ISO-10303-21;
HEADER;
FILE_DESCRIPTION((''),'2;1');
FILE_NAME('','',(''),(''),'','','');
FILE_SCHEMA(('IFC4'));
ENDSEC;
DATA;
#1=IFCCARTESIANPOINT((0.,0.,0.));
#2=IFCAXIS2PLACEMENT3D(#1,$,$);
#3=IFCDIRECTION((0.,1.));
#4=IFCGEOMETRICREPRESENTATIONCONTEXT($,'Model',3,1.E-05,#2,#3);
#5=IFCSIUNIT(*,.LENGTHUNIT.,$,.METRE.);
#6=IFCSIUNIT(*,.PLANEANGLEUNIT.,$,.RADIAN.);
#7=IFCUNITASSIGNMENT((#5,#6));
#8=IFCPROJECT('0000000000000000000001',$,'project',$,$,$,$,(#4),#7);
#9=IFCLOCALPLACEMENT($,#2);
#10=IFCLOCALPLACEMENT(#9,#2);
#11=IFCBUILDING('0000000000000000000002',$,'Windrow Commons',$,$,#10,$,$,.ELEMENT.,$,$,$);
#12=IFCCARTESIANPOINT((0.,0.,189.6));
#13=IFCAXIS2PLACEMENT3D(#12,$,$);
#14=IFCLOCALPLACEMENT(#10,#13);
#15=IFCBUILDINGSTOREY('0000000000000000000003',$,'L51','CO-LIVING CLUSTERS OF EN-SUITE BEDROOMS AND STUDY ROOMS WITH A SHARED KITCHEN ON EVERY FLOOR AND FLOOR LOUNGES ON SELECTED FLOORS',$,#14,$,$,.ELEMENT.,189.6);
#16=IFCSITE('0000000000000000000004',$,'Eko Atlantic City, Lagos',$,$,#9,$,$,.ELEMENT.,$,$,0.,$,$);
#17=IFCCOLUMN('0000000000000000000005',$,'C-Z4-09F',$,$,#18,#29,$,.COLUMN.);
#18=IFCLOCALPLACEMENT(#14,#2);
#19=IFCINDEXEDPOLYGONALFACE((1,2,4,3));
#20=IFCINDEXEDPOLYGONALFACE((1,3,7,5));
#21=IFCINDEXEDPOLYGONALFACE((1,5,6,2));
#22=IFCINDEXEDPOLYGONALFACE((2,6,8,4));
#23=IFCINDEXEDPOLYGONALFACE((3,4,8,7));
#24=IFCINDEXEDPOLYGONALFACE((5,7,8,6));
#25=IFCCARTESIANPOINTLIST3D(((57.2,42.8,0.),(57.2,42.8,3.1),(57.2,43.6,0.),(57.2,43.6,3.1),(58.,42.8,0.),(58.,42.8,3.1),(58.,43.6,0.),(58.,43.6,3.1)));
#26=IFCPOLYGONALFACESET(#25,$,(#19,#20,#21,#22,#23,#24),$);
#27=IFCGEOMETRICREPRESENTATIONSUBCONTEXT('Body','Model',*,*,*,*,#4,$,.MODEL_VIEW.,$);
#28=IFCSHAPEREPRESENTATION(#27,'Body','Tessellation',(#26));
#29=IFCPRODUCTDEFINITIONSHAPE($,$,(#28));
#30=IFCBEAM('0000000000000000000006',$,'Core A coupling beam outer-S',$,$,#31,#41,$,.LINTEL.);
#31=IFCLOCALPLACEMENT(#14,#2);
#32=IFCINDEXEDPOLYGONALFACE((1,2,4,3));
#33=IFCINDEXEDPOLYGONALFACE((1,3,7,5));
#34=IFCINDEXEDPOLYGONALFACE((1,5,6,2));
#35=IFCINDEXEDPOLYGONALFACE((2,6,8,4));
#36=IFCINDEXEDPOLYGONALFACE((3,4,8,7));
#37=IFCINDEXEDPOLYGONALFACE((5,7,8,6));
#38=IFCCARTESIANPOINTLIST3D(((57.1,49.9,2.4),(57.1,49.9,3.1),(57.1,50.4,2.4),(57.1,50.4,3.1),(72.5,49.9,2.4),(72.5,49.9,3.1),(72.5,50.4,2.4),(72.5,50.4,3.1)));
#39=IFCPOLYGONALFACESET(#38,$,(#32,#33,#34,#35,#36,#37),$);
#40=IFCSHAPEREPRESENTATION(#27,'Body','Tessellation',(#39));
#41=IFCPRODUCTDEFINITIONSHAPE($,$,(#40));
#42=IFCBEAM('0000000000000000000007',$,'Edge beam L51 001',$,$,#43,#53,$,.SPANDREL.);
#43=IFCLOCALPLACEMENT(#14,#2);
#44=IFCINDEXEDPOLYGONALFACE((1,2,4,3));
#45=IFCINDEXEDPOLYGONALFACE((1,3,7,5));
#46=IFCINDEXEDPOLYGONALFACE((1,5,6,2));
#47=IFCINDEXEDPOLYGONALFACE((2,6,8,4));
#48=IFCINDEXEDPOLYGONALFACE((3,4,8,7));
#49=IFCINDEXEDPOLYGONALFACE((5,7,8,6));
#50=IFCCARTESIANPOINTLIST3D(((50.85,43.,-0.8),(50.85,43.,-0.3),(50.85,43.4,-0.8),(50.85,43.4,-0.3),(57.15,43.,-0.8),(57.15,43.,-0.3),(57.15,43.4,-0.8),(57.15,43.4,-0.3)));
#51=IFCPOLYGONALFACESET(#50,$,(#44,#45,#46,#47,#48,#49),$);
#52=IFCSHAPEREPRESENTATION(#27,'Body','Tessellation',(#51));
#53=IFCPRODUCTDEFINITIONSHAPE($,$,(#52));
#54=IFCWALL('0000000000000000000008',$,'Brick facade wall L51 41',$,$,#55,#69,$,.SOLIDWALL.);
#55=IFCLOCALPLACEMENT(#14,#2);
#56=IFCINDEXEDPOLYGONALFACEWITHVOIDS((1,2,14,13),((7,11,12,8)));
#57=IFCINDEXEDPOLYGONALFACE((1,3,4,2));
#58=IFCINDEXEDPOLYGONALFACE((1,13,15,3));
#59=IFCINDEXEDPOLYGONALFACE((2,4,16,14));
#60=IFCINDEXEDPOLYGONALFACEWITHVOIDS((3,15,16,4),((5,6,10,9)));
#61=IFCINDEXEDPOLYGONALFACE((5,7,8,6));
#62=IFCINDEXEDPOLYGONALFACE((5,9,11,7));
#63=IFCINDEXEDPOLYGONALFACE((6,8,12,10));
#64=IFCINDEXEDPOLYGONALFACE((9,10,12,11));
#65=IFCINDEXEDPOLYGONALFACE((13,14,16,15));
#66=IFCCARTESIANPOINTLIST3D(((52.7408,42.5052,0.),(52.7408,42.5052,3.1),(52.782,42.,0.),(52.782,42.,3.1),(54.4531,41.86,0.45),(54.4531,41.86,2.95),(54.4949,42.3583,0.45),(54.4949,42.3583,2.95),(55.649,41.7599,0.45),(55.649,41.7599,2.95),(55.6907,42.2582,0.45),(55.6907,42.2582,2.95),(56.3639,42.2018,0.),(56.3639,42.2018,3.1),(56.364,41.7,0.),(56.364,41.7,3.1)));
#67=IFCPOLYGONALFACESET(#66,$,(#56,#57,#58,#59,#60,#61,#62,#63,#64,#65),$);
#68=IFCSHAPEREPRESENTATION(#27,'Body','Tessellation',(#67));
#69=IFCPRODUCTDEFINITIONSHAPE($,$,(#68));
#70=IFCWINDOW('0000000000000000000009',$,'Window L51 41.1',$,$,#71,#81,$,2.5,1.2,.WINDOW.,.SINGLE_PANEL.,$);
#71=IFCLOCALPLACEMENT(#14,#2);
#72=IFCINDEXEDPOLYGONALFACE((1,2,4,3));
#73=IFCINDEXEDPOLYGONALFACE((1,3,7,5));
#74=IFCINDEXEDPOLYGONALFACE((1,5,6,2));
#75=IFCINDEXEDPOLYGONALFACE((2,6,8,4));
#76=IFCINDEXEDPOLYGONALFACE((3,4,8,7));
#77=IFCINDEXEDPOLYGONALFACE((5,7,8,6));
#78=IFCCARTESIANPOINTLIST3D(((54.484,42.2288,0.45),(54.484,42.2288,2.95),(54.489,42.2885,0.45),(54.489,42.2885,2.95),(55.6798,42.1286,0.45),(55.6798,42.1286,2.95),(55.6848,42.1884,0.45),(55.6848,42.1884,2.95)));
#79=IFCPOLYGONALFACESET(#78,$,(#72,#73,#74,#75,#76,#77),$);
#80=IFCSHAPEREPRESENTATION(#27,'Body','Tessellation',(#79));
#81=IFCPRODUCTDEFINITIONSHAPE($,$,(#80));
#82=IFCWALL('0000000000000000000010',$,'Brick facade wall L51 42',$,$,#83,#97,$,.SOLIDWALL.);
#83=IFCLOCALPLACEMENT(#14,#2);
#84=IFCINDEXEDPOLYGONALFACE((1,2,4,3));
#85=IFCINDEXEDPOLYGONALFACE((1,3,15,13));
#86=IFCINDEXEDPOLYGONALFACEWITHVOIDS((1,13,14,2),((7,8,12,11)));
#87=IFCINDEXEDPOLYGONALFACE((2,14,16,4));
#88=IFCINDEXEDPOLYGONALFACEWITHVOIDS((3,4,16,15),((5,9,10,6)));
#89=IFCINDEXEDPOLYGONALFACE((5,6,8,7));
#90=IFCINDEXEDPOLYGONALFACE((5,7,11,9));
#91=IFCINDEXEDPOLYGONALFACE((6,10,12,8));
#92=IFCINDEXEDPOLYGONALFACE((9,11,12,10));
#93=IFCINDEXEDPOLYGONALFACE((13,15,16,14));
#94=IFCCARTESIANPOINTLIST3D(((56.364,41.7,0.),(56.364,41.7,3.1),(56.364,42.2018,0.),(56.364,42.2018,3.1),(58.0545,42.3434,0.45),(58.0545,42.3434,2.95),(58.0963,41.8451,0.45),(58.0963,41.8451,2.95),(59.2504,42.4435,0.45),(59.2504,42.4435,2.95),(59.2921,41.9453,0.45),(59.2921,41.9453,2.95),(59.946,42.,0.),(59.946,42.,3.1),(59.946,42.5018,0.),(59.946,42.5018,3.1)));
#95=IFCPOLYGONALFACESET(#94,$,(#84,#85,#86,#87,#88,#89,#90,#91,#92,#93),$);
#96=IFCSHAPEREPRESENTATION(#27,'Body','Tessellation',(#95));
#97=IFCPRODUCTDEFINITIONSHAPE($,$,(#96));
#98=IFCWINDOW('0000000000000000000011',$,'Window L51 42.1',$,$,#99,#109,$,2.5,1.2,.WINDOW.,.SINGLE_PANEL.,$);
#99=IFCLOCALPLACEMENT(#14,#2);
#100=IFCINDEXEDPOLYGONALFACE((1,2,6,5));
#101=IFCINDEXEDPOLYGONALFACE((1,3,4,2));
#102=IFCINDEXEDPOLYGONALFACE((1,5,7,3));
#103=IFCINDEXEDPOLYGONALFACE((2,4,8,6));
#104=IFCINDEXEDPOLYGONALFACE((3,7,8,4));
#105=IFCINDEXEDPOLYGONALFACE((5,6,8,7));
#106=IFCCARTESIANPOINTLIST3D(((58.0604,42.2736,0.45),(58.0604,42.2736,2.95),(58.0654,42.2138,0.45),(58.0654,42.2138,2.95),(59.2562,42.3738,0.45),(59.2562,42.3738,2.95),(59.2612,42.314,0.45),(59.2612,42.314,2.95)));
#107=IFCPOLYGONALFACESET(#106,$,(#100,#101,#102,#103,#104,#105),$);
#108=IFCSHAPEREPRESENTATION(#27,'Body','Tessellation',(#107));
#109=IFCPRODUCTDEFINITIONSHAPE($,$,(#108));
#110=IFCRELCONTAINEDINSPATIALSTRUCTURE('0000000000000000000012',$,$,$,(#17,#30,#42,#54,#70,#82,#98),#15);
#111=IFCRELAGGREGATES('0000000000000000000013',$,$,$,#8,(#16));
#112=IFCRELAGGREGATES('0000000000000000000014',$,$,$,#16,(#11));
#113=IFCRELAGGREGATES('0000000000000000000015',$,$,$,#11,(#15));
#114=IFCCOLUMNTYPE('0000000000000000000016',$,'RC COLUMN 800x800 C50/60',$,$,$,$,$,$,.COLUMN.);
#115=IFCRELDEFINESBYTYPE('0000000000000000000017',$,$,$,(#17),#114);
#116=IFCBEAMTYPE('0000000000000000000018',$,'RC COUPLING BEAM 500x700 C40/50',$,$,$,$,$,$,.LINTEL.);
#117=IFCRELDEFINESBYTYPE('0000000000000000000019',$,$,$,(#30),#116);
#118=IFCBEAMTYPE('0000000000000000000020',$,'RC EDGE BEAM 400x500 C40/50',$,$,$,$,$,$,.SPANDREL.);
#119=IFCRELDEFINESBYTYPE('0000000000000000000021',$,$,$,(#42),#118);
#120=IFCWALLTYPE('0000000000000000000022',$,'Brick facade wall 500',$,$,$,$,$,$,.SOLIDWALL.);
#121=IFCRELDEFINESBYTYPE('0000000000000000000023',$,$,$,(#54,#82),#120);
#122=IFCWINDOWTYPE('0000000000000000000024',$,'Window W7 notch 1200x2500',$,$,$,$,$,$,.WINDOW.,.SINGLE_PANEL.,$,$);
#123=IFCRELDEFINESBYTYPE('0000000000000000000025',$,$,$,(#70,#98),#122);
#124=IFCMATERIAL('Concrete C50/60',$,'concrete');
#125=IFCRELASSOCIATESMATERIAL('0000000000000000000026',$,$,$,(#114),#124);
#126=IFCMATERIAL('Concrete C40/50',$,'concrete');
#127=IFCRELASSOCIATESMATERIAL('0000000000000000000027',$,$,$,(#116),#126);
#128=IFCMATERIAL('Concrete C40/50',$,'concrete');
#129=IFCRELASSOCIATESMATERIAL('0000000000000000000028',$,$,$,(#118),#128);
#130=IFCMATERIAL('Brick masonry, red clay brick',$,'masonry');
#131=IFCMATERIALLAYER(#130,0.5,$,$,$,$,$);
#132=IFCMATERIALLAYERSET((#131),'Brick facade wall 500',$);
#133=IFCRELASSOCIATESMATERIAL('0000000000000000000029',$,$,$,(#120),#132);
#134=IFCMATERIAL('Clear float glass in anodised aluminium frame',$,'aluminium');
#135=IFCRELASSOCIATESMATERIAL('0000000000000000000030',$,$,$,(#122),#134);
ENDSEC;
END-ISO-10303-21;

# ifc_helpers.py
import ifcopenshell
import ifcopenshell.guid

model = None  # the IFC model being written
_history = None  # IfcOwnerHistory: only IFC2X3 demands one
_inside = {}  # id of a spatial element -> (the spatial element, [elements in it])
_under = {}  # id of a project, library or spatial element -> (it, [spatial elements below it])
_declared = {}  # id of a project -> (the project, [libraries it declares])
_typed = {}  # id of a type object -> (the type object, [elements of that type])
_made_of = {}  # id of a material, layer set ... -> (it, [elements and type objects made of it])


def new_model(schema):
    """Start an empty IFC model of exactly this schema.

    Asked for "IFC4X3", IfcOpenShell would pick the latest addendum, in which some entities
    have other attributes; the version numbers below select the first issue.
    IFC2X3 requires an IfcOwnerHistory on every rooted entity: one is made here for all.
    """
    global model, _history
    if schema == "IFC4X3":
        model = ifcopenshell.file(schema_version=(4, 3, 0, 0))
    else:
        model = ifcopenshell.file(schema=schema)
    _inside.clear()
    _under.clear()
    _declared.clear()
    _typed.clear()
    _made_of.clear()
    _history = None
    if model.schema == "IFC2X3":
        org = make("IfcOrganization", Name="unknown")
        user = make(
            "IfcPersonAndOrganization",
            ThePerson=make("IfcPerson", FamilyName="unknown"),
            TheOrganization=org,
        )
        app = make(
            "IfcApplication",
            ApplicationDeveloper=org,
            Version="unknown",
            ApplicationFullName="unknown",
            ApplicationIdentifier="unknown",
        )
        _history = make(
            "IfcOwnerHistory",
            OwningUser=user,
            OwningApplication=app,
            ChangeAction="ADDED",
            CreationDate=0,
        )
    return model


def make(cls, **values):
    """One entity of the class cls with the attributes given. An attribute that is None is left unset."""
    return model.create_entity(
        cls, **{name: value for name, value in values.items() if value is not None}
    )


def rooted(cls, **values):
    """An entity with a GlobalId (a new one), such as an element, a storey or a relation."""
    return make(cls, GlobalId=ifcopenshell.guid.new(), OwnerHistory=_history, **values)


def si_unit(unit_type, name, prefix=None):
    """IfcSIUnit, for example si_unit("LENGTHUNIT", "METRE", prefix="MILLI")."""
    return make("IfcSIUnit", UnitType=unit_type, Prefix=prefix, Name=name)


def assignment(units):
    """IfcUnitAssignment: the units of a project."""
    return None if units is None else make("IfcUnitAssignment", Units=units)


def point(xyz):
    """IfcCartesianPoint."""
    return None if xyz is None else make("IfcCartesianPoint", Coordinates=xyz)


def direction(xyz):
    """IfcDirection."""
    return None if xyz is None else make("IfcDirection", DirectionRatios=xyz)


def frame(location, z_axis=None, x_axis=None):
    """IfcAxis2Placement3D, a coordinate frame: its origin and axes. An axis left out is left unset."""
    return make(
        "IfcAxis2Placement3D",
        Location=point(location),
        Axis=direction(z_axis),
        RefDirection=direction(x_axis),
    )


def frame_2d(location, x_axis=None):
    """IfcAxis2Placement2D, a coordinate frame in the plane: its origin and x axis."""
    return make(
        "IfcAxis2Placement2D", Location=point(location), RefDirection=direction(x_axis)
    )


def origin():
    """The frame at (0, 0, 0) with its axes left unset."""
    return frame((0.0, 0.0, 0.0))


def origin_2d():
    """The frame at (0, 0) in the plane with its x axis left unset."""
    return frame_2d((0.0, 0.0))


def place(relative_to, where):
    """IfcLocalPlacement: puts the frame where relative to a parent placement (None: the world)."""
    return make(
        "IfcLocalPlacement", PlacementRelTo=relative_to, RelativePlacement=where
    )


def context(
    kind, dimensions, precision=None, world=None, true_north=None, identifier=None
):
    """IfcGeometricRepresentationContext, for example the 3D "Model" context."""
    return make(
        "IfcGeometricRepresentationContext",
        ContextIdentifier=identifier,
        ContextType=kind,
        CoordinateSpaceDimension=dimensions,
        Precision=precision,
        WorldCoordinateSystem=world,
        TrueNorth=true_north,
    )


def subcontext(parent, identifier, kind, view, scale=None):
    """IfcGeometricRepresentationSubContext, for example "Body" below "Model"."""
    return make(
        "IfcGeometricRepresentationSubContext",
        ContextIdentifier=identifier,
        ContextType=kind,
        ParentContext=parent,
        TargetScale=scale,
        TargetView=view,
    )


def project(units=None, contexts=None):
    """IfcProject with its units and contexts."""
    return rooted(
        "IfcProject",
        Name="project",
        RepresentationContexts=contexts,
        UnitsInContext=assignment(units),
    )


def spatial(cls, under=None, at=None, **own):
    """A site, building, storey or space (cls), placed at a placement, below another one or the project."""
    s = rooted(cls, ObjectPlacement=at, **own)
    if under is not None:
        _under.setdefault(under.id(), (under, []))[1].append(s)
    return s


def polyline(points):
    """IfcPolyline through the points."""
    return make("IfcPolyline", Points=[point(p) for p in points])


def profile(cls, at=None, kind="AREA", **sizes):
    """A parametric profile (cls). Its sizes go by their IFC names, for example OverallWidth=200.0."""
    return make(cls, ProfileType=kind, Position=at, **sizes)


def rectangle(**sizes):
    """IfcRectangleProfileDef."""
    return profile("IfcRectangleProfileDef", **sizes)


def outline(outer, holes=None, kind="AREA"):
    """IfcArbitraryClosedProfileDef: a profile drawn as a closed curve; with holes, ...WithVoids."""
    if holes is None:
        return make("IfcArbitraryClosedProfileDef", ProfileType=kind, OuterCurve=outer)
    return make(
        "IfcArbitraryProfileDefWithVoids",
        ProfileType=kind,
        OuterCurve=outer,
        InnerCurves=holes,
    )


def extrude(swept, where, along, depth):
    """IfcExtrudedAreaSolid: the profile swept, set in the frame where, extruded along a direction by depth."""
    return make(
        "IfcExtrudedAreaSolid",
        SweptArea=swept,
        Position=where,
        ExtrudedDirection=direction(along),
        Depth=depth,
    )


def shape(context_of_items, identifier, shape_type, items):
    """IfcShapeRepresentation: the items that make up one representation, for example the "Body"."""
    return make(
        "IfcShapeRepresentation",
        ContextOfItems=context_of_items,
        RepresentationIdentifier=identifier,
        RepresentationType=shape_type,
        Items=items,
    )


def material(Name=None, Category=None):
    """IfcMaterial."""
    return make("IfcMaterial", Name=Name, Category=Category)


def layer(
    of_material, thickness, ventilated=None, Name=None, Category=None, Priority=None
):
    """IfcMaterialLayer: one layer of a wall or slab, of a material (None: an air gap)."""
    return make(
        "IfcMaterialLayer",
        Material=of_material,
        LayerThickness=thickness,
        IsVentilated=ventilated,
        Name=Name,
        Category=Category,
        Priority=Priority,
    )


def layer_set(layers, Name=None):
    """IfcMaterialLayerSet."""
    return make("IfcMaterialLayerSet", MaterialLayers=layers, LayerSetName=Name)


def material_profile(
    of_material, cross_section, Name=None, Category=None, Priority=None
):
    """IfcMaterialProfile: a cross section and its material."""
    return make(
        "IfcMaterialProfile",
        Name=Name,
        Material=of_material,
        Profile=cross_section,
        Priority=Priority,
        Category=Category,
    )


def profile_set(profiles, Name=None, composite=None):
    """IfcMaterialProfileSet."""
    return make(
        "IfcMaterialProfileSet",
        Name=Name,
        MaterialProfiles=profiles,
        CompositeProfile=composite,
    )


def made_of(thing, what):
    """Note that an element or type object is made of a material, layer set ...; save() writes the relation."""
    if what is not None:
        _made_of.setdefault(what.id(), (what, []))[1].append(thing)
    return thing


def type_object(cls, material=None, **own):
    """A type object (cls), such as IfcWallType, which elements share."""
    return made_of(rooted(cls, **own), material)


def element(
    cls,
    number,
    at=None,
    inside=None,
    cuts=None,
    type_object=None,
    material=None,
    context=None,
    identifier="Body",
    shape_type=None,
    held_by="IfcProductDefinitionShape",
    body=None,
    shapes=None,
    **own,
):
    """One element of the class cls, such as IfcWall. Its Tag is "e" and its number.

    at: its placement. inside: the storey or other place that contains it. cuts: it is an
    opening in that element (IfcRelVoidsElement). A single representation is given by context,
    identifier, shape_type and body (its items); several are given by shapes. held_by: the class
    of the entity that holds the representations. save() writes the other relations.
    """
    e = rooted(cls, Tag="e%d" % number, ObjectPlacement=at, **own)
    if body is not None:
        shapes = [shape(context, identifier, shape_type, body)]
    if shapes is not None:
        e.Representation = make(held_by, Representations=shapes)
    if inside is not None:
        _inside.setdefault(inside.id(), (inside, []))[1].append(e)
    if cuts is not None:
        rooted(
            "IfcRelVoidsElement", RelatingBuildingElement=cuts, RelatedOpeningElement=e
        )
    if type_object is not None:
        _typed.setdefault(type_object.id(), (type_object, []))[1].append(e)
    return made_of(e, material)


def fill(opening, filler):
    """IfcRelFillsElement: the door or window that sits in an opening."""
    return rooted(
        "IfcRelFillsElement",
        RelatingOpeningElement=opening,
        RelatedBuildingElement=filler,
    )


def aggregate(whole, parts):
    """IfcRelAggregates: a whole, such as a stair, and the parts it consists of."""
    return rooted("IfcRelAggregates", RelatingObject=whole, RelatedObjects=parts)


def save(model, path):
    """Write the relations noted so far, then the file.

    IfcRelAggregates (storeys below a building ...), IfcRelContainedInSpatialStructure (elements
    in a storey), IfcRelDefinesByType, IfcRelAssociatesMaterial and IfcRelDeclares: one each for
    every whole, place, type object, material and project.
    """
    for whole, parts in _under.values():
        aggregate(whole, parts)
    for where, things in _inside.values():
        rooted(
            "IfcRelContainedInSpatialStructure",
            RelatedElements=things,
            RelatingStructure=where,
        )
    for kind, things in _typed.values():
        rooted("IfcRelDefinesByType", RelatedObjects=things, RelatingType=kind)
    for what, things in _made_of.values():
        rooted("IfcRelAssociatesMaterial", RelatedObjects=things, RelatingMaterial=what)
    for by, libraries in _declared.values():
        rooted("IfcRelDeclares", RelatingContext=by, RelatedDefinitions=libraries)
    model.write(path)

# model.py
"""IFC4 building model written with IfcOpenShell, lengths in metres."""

from ifc_helpers import new_model, si_unit, direction, frame, frame_2d, origin, origin_2d, place, context, subcontext, project, spatial, polyline, rectangle, outline, extrude, material, layer, layer_set, material_profile, profile_set, type_object, element, fill, save


model = new_model("IFC4")

# Units and contexts
model_context = context("Model", 3, precision=1e-05, world=origin(), true_north=direction((0.0, 1.0)))
body_context = subcontext(model_context, "Body", "Model", "MODEL_VIEW")
ifc_project = project(units=[si_unit("LENGTHUNIT", "METRE"), si_unit("PLANEANGLEUNIT", "RADIAN")], contexts=[model_context])

# Site, building, storey
site_placement = place(None, origin())
site = spatial("IfcSite", under=ifc_project, at=site_placement, Name="Eko Atlantic City, Lagos", CompositionType="ELEMENT", RefElevation=0.0)
building_placement = place(site_placement, origin())
building = spatial("IfcBuilding", under=site, at=building_placement, Name="Windrow Commons", CompositionType="ELEMENT")
storey_placement = place(building_placement, frame((0.0, 0.0, 189.6)))
storey = spatial("IfcBuildingStorey", under=building, at=storey_placement, Name="L51", Description="CO-LIVING CLUSTERS OF EN-SUITE BEDROOMS AND STUDY ROOMS WITH A SHARED KITCHEN ON EVERY FLOOR AND FLOOR LOUNGES ON SELECTED FLOORS", CompositionType="ELEMENT", Elevation=189.6)

# Column
ifc_material_1 = material(Name="Concrete C50/60", Category="concrete")
ifc_material_profile_1 = material_profile(ifc_material_1, rectangle(XDim=0.8, YDim=0.8, at=origin_2d()))
ifc_profile_set_1 = profile_set([ifc_material_profile_1], Name="Concrete C50/60")
column_type = type_object("IfcColumnType", Name="RC COLUMN 800x800 C50/60", PredefinedType="COLUMN", material=ifc_profile_set_1)
column_placement = place(storey_placement, frame((57.6, 43.2, 0.0), z_axis=(0.0, 0.0, 1.0), x_axis=(1.0, 0.0, 0.0)))
element("IfcColumn", 1, at=column_placement, inside=storey, type_object=column_type, Name="C-Z4-09F", PredefinedType="COLUMN", context=body_context, shape_type="SweptSolid", body=[
    extrude(rectangle(XDim=0.8, YDim=0.8, at=origin_2d()), origin(), (0.0, 0.0, 1.0), 3.1),
])

# Beams
ifc_material_2 = material(Name="Concrete C40/50", Category="concrete")
ifc_material_profile_2 = material_profile(ifc_material_2, rectangle(XDim=0.5, YDim=0.7, at=origin_2d()))
ifc_profile_set_2 = profile_set([ifc_material_profile_2], Name="Concrete C40/50")
beam_type_1 = type_object("IfcBeamType", Name="RC COUPLING BEAM 500x700 C40/50", PredefinedType="LINTEL", material=ifc_profile_set_2)
beam_1_placement = place(storey_placement, frame((57.1, 50.15, 2.75), z_axis=(1.0, 0.0, 0.0), x_axis=(0.0, 1.0, 0.0)))
element("IfcBeam", 2, at=beam_1_placement, inside=storey, type_object=beam_type_1, Name="Core A coupling beam outer-S", PredefinedType="LINTEL", context=body_context, shape_type="SweptSolid", body=[
    extrude(rectangle(XDim=0.5, YDim=0.7, at=origin_2d()), origin(), (0.0, 0.0, 1.0), 15.4),
])
ifc_material_3 = material(Name="Concrete C40/50", Category="concrete")
ifc_material_profile_3 = material_profile(ifc_material_3, rectangle(XDim=0.4, YDim=0.5, at=origin_2d()))
ifc_profile_set_3 = profile_set([ifc_material_profile_3], Name="Concrete C40/50")
beam_type_2 = type_object("IfcBeamType", Name="RC EDGE BEAM 400x500 C40/50", PredefinedType="SPANDREL", material=ifc_profile_set_3)
beam_2_placement = place(storey_placement, frame((57.15, 43.2, -0.55), z_axis=(-1.0, 0.0, 0.0), x_axis=(0.0, -1.0, 0.0)))
element("IfcBeam", 3, at=beam_2_placement, inside=storey, type_object=beam_type_2, Name="Edge beam L51 001", PredefinedType="SPANDREL", context=body_context, shape_type="SweptSolid", body=[
    extrude(rectangle(XDim=0.4, YDim=0.5, at=origin_2d()), origin(), (0.0, 0.0, 1.0), 6.3),
])

# Walls, openings, windows
ifc_material_4 = material(Name="Brick masonry, red clay brick", Category="masonry")
ifc_layer_1 = layer(ifc_material_4, 0.5)
ifc_layer_set_1 = layer_set([ifc_layer_1], Name="Brick facade wall 500")
wall_type_1 = type_object("IfcWallType", Name="Brick facade wall 500", PredefinedType="SOLIDWALL", material=ifc_layer_set_1)
wall_1_placement = place(storey_placement, frame((52.7614, 42.2526, 0.0), z_axis=(0.0, 0.0, 1.0), x_axis=(0.996512, -0.083453, 0.0)))
wall_1 = element("IfcWall", 4, at=wall_1_placement, inside=storey, type_object=wall_type_1, Name="Brick facade wall L51 41", PredefinedType="SOLIDWALL", context=body_context, shape_type="SweptSolid", body=[
    extrude(outline(polyline([(0.0416, -0.25), (3.6361, -0.25), (3.5942, 0.25), (-0.0416, 0.25), (0.0416, -0.25)])), origin(), (0.0, 0.0, 1.0), 3.1),
])
opening_1_placement = place(wall_1_placement, frame((1.7186, 0.0, 0.45)))
opening_1 = element("IfcOpeningElement", 5, at=opening_1_placement, cuts=wall_1, PredefinedType="OPENING", context=body_context, shape_type="SweptSolid", body=[
    extrude(rectangle(XDim=1.2, YDim=2.5, at=frame_2d((0.6, 1.25))), frame((0.0, 0.26, 0.0), z_axis=(0.0, -1.0, 0.0), x_axis=(1.0, 0.0, 0.0)), (0.0, 0.0, 1.0), 0.52),
])
ifc_material_5 = material(Name="Clear float glass in anodised aluminium frame", Category="aluminium")
window_type = type_object("IfcWindowType", Name="Window W7 notch 1200x2500", PartitioningType="SINGLE_PANEL", PredefinedType="WINDOW", material=ifc_material_5)
window_1_placement = place(opening_1_placement, origin())
window_1 = element("IfcWindow", 6, at=window_1_placement, inside=storey, type_object=window_type, Name="Window L51 41.1", OverallHeight=2.5, OverallWidth=1.2, PartitioningType="SINGLE_PANEL", PredefinedType="WINDOW", context=body_context, shape_type="SweptSolid", body=[
    extrude(rectangle(XDim=1.2, YDim=2.5, at=frame_2d((0.6, 1.25))), frame((0.0, 0.18, 0.0), z_axis=(0.0, -1.0, 0.0), x_axis=(1.0, 0.0, 0.0)), (0.0, 0.0, 1.0), 0.06),
])
fill(opening_1, window_1)
wall_2_placement = place(storey_placement, frame((56.364, 41.9509, 0.0), z_axis=(0.0, 0.0, 1.0), x_axis=(0.996511, 0.08346, 0.0)))
wall_2 = element("IfcWall", 7, at=wall_2_placement, inside=storey, type_object=wall_type_1, Name="Brick facade wall L51 42", PredefinedType="SOLIDWALL", context=body_context, shape_type="SweptSolid", body=[
    extrude(outline(polyline([(-0.0209, -0.25), (3.5736, -0.25), (3.6155, 0.25), (0.0209, 0.25), (-0.0209, -0.25)])), origin(), (0.0, 0.0, 1.0), 3.1),
])
opening_2_placement = place(wall_2_placement, frame((1.7174, 0.0, 0.45)))
opening_2 = element("IfcOpeningElement", 8, at=opening_2_placement, cuts=wall_2, PredefinedType="OPENING", context=body_context, shape_type="SweptSolid", body=[
    extrude(rectangle(XDim=1.2, YDim=2.5, at=frame_2d((0.6, 1.25))), frame((0.0, 0.26, 0.0), z_axis=(0.0, -1.0, 0.0), x_axis=(1.0, 0.0, 0.0)), (0.0, 0.0, 1.0), 0.52),
])
window_2_placement = place(opening_2_placement, origin())
window_2 = element("IfcWindow", 9, at=window_2_placement, inside=storey, type_object=window_type, Name="Window L51 42.1", OverallHeight=2.5, OverallWidth=1.2, PartitioningType="SINGLE_PANEL", PredefinedType="WINDOW", context=body_context, shape_type="SweptSolid", body=[
    extrude(rectangle(XDim=1.2, YDim=2.5, at=frame_2d((0.6, 1.25))), frame((0.0, 0.18, 0.0), z_axis=(0.0, -1.0, 0.0), x_axis=(1.0, 0.0, 0.0)), (0.0, 0.0, 1.0), 0.06),
])
fill(opening_2, window_2)

save(model, "model.ifc")
